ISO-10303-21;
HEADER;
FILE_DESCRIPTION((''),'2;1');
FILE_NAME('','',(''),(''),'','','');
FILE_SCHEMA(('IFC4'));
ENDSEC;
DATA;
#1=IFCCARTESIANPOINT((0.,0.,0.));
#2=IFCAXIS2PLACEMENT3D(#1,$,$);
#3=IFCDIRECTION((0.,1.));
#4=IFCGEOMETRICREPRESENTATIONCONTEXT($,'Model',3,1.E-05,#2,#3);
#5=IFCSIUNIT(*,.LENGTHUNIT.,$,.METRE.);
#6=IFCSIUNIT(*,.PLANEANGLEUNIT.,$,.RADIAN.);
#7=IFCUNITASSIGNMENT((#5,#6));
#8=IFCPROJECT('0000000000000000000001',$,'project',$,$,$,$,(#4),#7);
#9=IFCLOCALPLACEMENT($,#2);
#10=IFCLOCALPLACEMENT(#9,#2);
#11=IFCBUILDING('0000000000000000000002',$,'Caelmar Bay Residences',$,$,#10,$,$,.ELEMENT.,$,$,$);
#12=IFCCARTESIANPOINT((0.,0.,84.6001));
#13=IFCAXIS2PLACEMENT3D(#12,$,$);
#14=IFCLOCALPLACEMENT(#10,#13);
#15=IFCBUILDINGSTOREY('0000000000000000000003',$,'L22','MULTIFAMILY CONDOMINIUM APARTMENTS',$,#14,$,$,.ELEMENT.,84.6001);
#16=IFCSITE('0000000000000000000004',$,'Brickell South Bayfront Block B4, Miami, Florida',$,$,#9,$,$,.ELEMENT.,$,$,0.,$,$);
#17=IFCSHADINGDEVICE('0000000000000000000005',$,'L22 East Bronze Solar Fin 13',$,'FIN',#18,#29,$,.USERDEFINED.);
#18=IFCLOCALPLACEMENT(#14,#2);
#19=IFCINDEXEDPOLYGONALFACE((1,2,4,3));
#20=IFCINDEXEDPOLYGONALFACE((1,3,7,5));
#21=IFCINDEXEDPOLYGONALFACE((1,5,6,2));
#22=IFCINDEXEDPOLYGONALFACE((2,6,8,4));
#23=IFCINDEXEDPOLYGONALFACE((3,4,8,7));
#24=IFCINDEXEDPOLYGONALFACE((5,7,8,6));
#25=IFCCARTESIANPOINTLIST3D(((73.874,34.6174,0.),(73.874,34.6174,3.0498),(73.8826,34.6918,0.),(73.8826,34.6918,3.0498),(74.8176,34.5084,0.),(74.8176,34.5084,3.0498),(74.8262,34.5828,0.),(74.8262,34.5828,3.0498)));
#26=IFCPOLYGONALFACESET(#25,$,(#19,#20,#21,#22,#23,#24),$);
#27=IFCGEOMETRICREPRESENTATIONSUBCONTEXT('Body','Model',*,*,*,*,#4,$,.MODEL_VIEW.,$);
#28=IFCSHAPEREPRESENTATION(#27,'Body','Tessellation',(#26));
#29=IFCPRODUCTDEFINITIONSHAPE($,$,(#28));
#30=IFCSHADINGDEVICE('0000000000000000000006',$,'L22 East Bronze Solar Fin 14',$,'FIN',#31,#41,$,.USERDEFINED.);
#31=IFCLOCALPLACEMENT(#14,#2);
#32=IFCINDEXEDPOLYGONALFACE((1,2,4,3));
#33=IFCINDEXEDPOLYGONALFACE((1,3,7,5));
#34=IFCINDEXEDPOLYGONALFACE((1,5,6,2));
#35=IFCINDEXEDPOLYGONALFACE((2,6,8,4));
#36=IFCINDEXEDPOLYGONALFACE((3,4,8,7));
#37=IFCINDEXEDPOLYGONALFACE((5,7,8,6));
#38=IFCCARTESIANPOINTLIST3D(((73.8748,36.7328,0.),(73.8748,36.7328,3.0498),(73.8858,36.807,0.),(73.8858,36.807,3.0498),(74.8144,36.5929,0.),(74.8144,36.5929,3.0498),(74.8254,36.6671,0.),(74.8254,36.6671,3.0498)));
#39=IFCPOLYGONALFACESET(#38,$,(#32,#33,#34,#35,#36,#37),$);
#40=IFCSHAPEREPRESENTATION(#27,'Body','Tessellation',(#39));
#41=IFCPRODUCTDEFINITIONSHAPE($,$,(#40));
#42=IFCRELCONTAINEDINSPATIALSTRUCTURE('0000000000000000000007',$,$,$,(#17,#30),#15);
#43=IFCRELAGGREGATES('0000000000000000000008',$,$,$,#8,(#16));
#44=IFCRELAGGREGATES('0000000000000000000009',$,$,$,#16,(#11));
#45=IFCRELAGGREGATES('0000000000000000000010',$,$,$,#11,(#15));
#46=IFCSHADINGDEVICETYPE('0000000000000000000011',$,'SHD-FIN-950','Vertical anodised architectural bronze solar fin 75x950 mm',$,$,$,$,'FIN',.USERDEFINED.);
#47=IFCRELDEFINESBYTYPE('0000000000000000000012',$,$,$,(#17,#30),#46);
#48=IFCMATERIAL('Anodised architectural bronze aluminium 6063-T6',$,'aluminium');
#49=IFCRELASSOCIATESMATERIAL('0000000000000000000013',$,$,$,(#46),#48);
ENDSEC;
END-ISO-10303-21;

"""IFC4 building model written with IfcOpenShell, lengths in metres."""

from ifc_helpers import new_model, si_unit, direction, frame, origin, origin_2d, place, context, subcontext, project, spatial, rectangle, extrude, material, material_profile, profile_set, type_object, element, save


model = new_model("IFC4")

# Units and contexts
model_context = context("Model", 3, precision=1e-05, world=origin(), true_north=direction((0.0, 1.0)))
body_context = subcontext(model_context, "Body", "Model", "MODEL_VIEW")
ifc_project = project(units=[si_unit("LENGTHUNIT", "METRE"), si_unit("PLANEANGLEUNIT", "RADIAN")], contexts=[model_context])

# Site, building, storey
site_placement = place(None, origin())
site = spatial("IfcSite", under=ifc_project, at=site_placement, Name="Brickell South Bayfront Block B4, Miami, Florida", CompositionType="ELEMENT", RefElevation=0.0)
building_placement = place(site_placement, origin())
building = spatial("IfcBuilding", under=site, at=building_placement, Name="Caelmar Bay Residences", CompositionType="ELEMENT")
storey_placement = place(building_placement, frame((0.0, 0.0, 84.6001)))
storey = spatial("IfcBuildingStorey", under=building, at=storey_placement, Name="L22", Description="MULTIFAMILY CONDOMINIUM APARTMENTS", CompositionType="ELEMENT", Elevation=84.6001)

# Shading devices
ifc_material_1 = material(Name="Anodised architectural bronze aluminium 6063-T6", Category="aluminium")
ifc_material_profile_1 = material_profile(ifc_material_1, rectangle(XDim=0.075, YDim=0.95, at=origin_2d()), Name="BRONZE-FIN-75X950")
ifc_profile_set_1 = profile_set([ifc_material_profile_1], Name="Anodised architectural bronze aluminium 6063-T6")
shading_device_type = type_object("IfcShadingDeviceType", Name="SHD-FIN-950", Description="Vertical anodised architectural bronze solar fin 75x950 mm", ElementType="FIN", PredefinedType="USERDEFINED", material=ifc_profile_set_1)
for number, where, z_axis, x_axis, name in (
    (1, (74.3501, 34.6001, 0.0), (0.0, 0.0, 1.0), (0.114764, 0.993393, 0.0), "L22 East Bronze Solar Fin 13"),
    (2, (74.3501, 36.7, 0.0), (0.0, 0.0, 1.0), (0.147292, 0.989093, 0.0), "L22 East Bronze Solar Fin 14"),
):
    element("IfcShadingDevice", number, at=place(storey_placement, frame(where, z_axis=z_axis, x_axis=x_axis)), inside=storey, type_object=shading_device_type, Name=name, ObjectType="FIN", PredefinedType="USERDEFINED", context=body_context, shape_type="SweptSolid", body=[
        extrude(rectangle(XDim=0.075, YDim=0.95, at=origin_2d()), origin(), (0.0, 0.0, 1.0), 3.0498),
    ])

save(model, "model.ifc")
